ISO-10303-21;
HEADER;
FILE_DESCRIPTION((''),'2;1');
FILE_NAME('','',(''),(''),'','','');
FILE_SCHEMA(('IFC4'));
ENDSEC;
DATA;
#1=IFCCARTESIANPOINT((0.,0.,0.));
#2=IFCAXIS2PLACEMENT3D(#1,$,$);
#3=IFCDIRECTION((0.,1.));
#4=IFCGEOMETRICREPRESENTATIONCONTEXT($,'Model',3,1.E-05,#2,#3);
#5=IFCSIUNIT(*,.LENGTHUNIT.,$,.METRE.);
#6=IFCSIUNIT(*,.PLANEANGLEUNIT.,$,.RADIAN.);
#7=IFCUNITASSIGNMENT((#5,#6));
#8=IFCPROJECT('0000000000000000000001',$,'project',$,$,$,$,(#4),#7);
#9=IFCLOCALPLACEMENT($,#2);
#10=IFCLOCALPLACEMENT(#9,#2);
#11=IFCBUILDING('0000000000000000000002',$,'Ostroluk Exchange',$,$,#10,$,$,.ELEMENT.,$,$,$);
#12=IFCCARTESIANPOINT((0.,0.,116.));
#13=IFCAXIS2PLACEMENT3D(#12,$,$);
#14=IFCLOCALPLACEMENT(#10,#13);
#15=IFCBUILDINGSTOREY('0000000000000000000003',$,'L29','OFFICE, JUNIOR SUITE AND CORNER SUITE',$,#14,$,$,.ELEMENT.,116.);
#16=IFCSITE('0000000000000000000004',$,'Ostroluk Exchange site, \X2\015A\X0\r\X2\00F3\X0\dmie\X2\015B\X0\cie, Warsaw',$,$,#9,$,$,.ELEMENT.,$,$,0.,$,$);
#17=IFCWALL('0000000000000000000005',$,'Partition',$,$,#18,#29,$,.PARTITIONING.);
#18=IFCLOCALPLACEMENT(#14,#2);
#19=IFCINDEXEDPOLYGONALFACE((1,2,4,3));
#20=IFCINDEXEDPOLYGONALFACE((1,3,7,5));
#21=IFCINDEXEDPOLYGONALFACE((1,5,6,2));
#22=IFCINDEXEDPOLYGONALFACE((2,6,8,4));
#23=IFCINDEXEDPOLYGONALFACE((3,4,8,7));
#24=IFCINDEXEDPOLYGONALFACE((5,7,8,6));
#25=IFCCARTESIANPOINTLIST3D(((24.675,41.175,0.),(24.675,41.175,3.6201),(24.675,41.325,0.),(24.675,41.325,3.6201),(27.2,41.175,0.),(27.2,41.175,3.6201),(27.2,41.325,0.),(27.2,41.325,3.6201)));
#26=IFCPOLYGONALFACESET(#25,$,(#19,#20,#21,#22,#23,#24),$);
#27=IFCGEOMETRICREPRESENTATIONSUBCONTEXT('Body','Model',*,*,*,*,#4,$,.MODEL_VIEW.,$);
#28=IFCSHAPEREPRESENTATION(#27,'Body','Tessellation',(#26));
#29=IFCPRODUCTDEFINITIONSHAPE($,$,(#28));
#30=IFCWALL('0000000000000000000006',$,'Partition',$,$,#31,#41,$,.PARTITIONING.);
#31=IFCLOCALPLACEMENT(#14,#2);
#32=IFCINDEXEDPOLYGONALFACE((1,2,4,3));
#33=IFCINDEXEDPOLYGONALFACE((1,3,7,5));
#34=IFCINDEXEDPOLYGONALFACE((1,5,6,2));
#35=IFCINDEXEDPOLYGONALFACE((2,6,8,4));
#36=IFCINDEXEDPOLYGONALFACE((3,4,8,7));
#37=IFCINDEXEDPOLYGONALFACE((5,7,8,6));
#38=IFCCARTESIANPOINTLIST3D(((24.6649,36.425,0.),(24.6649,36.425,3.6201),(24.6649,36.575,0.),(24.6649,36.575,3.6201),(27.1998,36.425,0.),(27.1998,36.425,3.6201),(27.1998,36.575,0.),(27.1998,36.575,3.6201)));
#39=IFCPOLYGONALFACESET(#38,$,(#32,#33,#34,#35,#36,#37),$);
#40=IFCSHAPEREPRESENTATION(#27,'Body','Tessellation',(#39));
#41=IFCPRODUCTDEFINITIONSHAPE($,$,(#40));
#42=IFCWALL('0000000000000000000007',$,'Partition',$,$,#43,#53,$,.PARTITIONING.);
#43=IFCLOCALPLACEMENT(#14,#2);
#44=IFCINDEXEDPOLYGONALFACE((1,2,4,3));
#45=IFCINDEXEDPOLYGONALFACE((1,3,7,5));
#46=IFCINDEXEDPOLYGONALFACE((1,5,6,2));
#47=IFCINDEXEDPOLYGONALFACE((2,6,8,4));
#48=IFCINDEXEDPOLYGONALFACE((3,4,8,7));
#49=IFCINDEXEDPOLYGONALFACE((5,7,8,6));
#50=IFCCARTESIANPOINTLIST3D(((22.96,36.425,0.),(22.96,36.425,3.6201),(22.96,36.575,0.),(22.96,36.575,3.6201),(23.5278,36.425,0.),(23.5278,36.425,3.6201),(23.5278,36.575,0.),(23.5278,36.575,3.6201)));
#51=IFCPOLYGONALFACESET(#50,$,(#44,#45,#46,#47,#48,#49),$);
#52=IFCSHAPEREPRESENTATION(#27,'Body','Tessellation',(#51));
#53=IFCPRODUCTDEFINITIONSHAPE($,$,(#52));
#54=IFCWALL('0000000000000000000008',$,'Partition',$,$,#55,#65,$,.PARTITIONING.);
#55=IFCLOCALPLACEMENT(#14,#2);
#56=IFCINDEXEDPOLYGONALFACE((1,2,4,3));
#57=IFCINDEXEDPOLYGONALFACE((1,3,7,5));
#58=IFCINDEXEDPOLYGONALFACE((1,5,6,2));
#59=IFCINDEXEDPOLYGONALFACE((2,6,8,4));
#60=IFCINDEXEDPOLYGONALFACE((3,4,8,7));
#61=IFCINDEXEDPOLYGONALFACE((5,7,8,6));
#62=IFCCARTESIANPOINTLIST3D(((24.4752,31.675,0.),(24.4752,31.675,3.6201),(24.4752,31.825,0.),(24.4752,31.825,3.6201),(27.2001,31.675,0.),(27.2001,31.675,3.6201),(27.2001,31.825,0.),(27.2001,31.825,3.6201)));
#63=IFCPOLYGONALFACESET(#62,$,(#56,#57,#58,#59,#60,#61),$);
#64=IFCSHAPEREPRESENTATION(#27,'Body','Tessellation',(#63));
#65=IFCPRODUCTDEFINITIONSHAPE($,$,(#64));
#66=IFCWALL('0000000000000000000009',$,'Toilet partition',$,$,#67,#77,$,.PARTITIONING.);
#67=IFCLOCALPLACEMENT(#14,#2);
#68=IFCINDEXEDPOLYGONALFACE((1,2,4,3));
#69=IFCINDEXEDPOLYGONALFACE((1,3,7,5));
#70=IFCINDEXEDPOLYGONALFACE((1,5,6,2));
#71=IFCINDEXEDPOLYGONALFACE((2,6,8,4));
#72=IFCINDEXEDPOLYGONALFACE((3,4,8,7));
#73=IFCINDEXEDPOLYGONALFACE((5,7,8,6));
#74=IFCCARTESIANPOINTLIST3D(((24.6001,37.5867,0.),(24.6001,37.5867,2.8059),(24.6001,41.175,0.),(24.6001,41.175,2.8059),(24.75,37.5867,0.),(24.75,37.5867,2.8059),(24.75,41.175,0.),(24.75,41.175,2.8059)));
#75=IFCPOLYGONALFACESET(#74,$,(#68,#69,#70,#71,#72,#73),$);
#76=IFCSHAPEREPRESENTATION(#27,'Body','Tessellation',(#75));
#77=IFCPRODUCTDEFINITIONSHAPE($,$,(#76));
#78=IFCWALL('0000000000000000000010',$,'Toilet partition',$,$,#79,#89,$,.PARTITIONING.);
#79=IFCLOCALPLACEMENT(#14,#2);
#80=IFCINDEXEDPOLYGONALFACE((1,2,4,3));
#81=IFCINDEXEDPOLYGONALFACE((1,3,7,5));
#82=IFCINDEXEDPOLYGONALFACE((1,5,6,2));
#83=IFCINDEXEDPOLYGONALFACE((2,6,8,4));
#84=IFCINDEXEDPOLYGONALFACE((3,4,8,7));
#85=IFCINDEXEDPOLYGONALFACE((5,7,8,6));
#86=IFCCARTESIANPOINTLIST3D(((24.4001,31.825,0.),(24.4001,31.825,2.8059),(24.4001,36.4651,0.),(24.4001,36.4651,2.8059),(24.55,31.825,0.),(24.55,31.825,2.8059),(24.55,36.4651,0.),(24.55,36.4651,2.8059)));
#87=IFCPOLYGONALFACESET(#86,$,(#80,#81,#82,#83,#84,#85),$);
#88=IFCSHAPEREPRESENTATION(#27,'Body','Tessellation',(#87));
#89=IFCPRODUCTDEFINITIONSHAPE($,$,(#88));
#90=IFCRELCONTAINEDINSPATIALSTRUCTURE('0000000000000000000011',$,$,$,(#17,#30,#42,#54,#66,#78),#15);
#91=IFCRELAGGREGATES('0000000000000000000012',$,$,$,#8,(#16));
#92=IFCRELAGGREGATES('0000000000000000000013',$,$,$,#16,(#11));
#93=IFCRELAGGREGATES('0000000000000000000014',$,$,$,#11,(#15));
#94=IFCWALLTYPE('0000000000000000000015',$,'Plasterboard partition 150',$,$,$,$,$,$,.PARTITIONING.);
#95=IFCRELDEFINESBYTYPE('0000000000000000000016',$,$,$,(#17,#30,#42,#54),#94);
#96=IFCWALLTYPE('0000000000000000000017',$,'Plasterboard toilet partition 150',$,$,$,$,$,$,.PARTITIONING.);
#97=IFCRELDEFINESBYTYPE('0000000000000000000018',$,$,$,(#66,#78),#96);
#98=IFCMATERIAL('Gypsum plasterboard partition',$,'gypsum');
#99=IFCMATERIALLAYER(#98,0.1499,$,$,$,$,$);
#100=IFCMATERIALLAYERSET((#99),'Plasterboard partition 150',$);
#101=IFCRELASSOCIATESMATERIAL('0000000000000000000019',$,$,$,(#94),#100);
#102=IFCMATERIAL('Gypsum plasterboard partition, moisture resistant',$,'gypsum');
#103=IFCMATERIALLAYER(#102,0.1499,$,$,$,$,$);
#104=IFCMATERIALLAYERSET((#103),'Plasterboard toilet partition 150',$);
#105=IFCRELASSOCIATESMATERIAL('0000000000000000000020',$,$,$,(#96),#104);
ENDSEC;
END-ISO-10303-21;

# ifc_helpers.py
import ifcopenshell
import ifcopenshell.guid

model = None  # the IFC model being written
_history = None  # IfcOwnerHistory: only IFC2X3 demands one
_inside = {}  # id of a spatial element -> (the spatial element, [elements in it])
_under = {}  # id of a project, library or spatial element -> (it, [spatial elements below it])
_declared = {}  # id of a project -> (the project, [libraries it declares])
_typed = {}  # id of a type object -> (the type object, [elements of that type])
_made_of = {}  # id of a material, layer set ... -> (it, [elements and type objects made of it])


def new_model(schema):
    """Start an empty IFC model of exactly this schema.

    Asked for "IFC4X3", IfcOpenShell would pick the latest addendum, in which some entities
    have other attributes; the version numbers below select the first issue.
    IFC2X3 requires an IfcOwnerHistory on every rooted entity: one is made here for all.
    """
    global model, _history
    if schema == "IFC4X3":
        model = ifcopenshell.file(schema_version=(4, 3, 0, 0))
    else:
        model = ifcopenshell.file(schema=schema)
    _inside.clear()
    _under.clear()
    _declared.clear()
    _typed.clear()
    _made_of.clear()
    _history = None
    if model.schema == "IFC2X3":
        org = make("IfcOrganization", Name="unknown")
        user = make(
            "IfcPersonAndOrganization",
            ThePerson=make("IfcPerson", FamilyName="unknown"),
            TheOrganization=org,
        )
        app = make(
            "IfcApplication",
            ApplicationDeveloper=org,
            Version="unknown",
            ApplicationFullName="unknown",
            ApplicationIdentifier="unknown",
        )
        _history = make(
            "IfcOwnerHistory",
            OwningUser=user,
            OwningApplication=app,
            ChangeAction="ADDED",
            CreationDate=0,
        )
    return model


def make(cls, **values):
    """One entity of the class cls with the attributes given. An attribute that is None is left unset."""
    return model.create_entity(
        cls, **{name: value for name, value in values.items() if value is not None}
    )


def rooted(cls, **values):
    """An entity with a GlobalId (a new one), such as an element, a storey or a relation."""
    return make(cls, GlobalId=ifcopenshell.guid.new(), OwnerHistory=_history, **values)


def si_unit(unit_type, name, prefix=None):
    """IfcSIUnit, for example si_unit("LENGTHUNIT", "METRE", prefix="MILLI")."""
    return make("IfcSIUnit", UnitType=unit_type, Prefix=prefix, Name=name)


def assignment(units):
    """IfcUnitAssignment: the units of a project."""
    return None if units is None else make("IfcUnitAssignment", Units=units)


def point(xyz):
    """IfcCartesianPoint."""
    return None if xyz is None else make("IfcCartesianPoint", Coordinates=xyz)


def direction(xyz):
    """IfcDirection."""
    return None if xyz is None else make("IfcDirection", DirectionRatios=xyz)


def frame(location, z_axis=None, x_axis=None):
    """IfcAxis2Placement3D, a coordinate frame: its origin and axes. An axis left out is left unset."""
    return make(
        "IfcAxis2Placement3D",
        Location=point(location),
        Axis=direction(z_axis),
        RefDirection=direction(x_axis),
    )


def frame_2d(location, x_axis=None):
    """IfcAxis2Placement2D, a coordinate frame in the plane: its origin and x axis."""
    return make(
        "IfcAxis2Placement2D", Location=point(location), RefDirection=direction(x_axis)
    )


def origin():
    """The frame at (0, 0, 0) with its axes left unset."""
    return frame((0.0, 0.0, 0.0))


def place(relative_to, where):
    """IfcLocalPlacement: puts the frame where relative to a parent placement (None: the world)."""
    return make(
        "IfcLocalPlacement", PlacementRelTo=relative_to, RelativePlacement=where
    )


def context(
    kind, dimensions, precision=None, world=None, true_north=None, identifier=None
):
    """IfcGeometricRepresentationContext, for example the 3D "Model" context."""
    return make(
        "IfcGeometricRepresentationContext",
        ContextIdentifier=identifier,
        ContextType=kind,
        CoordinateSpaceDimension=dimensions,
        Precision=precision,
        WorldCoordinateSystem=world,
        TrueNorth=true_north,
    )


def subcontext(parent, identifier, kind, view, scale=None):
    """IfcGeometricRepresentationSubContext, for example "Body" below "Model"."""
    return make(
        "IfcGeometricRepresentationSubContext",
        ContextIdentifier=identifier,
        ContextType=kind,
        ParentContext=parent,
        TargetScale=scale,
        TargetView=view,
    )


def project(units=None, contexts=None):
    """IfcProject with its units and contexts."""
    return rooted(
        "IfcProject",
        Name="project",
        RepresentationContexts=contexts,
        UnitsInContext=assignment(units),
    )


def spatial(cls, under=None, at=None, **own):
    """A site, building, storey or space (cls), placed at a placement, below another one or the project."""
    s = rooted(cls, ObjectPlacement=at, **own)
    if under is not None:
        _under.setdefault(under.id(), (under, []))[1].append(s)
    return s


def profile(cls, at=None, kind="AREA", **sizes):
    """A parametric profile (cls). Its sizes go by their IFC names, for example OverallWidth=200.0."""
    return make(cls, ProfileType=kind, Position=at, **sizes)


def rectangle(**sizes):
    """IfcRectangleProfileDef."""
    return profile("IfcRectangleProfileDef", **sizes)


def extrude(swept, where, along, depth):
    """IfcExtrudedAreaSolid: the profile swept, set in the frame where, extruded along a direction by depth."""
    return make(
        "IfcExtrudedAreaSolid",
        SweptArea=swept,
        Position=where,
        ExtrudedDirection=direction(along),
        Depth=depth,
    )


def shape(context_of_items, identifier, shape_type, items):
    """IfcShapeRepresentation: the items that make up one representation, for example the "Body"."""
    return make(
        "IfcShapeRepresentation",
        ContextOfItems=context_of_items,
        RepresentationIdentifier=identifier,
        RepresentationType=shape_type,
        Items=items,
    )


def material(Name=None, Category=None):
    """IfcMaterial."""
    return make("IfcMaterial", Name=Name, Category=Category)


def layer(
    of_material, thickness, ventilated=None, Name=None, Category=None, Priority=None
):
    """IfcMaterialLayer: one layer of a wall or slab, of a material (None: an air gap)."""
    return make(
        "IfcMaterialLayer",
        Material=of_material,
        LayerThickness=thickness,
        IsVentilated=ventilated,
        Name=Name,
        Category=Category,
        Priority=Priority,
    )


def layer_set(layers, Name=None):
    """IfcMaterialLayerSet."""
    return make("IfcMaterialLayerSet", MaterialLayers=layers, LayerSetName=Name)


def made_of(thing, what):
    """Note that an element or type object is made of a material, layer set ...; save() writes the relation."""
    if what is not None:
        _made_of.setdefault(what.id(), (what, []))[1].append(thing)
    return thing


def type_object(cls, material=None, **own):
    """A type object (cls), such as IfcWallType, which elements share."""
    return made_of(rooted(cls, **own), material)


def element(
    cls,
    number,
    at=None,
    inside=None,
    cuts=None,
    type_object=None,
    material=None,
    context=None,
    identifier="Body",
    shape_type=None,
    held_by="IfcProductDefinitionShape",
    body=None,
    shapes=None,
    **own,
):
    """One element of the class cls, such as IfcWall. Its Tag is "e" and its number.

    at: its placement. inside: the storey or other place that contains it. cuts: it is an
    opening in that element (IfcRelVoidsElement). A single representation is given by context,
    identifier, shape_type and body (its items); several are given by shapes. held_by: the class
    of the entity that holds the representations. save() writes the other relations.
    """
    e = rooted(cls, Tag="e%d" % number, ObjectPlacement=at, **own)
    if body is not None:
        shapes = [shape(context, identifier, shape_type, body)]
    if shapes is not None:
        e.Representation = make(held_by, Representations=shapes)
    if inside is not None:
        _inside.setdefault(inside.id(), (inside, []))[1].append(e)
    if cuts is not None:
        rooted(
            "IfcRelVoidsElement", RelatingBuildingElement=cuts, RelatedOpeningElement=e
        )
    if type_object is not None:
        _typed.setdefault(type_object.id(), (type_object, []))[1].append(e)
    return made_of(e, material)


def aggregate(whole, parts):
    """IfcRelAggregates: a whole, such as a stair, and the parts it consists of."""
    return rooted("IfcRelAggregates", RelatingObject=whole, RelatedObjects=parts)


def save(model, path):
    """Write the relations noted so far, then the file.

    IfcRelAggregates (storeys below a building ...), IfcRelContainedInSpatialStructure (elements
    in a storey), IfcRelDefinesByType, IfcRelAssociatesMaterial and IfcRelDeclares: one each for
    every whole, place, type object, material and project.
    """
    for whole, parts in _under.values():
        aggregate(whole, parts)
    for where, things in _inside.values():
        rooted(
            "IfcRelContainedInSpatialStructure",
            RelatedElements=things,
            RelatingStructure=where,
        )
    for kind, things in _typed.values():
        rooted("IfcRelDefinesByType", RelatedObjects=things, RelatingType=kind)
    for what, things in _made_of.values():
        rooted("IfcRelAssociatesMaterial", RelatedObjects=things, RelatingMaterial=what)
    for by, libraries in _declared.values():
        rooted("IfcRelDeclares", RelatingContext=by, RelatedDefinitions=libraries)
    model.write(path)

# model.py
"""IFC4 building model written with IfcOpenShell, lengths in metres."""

from ifc_helpers import new_model, si_unit, direction, frame, frame_2d, origin, place, context, subcontext, project, spatial, rectangle, extrude, material, layer, layer_set, type_object, element, save


model = new_model("IFC4")

# Units and contexts
model_context = context("Model", 3, precision=1e-05, world=origin(), true_north=direction((0.0, 1.0)))
body_context = subcontext(model_context, "Body", "Model", "MODEL_VIEW")
ifc_project = project(units=[si_unit("LENGTHUNIT", "METRE"), si_unit("PLANEANGLEUNIT", "RADIAN")], contexts=[model_context])

# Site, building, storey
site_placement = place(None, origin())
site = spatial("IfcSite", under=ifc_project, at=site_placement, Name="Ostroluk Exchange site, Śródmieście, Warsaw", CompositionType="ELEMENT", RefElevation=0.0)
building_placement = place(site_placement, origin())
building = spatial("IfcBuilding", under=site, at=building_placement, Name="Ostroluk Exchange", CompositionType="ELEMENT")
storey_placement = place(building_placement, frame((0.0, 0.0, 116.0)))
storey = spatial("IfcBuildingStorey", under=building, at=storey_placement, Name="L29", Description="OFFICE, JUNIOR SUITE AND CORNER SUITE", CompositionType="ELEMENT", Elevation=116.0)

# Walls
ifc_material_1 = material(Name="Gypsum plasterboard partition", Category="gypsum")
ifc_layer_1 = layer(ifc_material_1, 0.1499)
ifc_layer_set_1 = layer_set([ifc_layer_1], Name="Plasterboard partition 150")
wall_type_1 = type_object("IfcWallType", Name="Plasterboard partition 150", PredefinedType="PARTITIONING", material=ifc_layer_set_1)
wall_1_placement = place(storey_placement, frame((27.2, 41.25, 0.0), z_axis=(0.0, 0.0, 1.0), x_axis=(-1.0, 0.0, 0.0)))
element("IfcWall", 1, at=wall_1_placement, inside=storey, type_object=wall_type_1, Name="Partition", PredefinedType="PARTITIONING", context=body_context, shape_type="SweptSolid", body=[
    extrude(rectangle(XDim=2.5249, YDim=0.1499, at=frame_2d((1.2625, 0.0))), origin(), (0.0, 0.0, 1.0), 3.6201),
])
wall_2_placement = place(storey_placement, frame((27.2, 36.5, 0.0), z_axis=(0.0, 0.0, 1.0), x_axis=(-1.0, 0.0, 0.0)))
element("IfcWall", 2, at=wall_2_placement, inside=storey, type_object=wall_type_1, Name="Partition", PredefinedType="PARTITIONING", context=body_context, shape_type="SweptSolid", body=[
    extrude(rectangle(XDim=2.5349, YDim=0.1499, at=frame_2d((1.2676, 0.0))), origin(), (0.0, 0.0, 1.0), 3.6201),
])
wall_3_placement = place(storey_placement, frame((23.5278, 36.5, 0.0), z_axis=(0.0, 0.0, 1.0), x_axis=(-1.0, 0.0, 0.0)))
element("IfcWall", 3, at=wall_3_placement, inside=storey, type_object=wall_type_1, Name="Partition", PredefinedType="PARTITIONING", context=body_context, shape_type="SweptSolid", body=[
    extrude(rectangle(XDim=0.5679, YDim=0.1499, at=frame_2d((0.2839, 0.0))), origin(), (0.0, 0.0, 1.0), 3.6201),
])
wall_4_placement = place(storey_placement, frame((27.2, 31.75, 0.0), z_axis=(0.0, 0.0, 1.0), x_axis=(-1.0, 0.0, 0.0)))
element("IfcWall", 4, at=wall_4_placement, inside=storey, type_object=wall_type_1, Name="Partition", PredefinedType="PARTITIONING", context=body_context, shape_type="SweptSolid", body=[
    extrude(rectangle(XDim=2.7249, YDim=0.1499, at=frame_2d((1.3623, 0.0))), origin(), (0.0, 0.0, 1.0), 3.6201),
])
ifc_material_2 = material(Name="Gypsum plasterboard partition, moisture resistant", Category="gypsum")
ifc_layer_2 = layer(ifc_material_2, 0.1499)
ifc_layer_set_2 = layer_set([ifc_layer_2], Name="Plasterboard toilet partition 150")
wall_type_2 = type_object("IfcWallType", Name="Plasterboard toilet partition 150", PredefinedType="PARTITIONING", material=ifc_layer_set_2)
wall_5_placement = place(storey_placement, frame((24.675, 41.175, 0.0), z_axis=(0.0, 0.0, 1.0), x_axis=(0.0, -1.0, 0.0)))
element("IfcWall", 5, at=wall_5_placement, inside=storey, type_object=wall_type_2, Name="Toilet partition", PredefinedType="PARTITIONING", context=body_context, shape_type="SweptSolid", body=[
    extrude(rectangle(XDim=3.5884, YDim=0.1499, at=frame_2d((1.7942, 0.0))), origin(), (0.0, 0.0, 1.0), 2.8059),
])
wall_6_placement = place(storey_placement, frame((24.4751, 36.4651, 0.0), z_axis=(0.0, 0.0, 1.0), x_axis=(0.0, -1.0, 0.0)))
element("IfcWall", 6, at=wall_6_placement, inside=storey, type_object=wall_type_2, Name="Toilet partition", PredefinedType="PARTITIONING", context=body_context, shape_type="SweptSolid", body=[
    extrude(rectangle(XDim=4.6401, YDim=0.1499, at=frame_2d((2.3201, 0.0))), origin(), (0.0, 0.0, 1.0), 2.8059),
])

save(model, "model.ifc")
